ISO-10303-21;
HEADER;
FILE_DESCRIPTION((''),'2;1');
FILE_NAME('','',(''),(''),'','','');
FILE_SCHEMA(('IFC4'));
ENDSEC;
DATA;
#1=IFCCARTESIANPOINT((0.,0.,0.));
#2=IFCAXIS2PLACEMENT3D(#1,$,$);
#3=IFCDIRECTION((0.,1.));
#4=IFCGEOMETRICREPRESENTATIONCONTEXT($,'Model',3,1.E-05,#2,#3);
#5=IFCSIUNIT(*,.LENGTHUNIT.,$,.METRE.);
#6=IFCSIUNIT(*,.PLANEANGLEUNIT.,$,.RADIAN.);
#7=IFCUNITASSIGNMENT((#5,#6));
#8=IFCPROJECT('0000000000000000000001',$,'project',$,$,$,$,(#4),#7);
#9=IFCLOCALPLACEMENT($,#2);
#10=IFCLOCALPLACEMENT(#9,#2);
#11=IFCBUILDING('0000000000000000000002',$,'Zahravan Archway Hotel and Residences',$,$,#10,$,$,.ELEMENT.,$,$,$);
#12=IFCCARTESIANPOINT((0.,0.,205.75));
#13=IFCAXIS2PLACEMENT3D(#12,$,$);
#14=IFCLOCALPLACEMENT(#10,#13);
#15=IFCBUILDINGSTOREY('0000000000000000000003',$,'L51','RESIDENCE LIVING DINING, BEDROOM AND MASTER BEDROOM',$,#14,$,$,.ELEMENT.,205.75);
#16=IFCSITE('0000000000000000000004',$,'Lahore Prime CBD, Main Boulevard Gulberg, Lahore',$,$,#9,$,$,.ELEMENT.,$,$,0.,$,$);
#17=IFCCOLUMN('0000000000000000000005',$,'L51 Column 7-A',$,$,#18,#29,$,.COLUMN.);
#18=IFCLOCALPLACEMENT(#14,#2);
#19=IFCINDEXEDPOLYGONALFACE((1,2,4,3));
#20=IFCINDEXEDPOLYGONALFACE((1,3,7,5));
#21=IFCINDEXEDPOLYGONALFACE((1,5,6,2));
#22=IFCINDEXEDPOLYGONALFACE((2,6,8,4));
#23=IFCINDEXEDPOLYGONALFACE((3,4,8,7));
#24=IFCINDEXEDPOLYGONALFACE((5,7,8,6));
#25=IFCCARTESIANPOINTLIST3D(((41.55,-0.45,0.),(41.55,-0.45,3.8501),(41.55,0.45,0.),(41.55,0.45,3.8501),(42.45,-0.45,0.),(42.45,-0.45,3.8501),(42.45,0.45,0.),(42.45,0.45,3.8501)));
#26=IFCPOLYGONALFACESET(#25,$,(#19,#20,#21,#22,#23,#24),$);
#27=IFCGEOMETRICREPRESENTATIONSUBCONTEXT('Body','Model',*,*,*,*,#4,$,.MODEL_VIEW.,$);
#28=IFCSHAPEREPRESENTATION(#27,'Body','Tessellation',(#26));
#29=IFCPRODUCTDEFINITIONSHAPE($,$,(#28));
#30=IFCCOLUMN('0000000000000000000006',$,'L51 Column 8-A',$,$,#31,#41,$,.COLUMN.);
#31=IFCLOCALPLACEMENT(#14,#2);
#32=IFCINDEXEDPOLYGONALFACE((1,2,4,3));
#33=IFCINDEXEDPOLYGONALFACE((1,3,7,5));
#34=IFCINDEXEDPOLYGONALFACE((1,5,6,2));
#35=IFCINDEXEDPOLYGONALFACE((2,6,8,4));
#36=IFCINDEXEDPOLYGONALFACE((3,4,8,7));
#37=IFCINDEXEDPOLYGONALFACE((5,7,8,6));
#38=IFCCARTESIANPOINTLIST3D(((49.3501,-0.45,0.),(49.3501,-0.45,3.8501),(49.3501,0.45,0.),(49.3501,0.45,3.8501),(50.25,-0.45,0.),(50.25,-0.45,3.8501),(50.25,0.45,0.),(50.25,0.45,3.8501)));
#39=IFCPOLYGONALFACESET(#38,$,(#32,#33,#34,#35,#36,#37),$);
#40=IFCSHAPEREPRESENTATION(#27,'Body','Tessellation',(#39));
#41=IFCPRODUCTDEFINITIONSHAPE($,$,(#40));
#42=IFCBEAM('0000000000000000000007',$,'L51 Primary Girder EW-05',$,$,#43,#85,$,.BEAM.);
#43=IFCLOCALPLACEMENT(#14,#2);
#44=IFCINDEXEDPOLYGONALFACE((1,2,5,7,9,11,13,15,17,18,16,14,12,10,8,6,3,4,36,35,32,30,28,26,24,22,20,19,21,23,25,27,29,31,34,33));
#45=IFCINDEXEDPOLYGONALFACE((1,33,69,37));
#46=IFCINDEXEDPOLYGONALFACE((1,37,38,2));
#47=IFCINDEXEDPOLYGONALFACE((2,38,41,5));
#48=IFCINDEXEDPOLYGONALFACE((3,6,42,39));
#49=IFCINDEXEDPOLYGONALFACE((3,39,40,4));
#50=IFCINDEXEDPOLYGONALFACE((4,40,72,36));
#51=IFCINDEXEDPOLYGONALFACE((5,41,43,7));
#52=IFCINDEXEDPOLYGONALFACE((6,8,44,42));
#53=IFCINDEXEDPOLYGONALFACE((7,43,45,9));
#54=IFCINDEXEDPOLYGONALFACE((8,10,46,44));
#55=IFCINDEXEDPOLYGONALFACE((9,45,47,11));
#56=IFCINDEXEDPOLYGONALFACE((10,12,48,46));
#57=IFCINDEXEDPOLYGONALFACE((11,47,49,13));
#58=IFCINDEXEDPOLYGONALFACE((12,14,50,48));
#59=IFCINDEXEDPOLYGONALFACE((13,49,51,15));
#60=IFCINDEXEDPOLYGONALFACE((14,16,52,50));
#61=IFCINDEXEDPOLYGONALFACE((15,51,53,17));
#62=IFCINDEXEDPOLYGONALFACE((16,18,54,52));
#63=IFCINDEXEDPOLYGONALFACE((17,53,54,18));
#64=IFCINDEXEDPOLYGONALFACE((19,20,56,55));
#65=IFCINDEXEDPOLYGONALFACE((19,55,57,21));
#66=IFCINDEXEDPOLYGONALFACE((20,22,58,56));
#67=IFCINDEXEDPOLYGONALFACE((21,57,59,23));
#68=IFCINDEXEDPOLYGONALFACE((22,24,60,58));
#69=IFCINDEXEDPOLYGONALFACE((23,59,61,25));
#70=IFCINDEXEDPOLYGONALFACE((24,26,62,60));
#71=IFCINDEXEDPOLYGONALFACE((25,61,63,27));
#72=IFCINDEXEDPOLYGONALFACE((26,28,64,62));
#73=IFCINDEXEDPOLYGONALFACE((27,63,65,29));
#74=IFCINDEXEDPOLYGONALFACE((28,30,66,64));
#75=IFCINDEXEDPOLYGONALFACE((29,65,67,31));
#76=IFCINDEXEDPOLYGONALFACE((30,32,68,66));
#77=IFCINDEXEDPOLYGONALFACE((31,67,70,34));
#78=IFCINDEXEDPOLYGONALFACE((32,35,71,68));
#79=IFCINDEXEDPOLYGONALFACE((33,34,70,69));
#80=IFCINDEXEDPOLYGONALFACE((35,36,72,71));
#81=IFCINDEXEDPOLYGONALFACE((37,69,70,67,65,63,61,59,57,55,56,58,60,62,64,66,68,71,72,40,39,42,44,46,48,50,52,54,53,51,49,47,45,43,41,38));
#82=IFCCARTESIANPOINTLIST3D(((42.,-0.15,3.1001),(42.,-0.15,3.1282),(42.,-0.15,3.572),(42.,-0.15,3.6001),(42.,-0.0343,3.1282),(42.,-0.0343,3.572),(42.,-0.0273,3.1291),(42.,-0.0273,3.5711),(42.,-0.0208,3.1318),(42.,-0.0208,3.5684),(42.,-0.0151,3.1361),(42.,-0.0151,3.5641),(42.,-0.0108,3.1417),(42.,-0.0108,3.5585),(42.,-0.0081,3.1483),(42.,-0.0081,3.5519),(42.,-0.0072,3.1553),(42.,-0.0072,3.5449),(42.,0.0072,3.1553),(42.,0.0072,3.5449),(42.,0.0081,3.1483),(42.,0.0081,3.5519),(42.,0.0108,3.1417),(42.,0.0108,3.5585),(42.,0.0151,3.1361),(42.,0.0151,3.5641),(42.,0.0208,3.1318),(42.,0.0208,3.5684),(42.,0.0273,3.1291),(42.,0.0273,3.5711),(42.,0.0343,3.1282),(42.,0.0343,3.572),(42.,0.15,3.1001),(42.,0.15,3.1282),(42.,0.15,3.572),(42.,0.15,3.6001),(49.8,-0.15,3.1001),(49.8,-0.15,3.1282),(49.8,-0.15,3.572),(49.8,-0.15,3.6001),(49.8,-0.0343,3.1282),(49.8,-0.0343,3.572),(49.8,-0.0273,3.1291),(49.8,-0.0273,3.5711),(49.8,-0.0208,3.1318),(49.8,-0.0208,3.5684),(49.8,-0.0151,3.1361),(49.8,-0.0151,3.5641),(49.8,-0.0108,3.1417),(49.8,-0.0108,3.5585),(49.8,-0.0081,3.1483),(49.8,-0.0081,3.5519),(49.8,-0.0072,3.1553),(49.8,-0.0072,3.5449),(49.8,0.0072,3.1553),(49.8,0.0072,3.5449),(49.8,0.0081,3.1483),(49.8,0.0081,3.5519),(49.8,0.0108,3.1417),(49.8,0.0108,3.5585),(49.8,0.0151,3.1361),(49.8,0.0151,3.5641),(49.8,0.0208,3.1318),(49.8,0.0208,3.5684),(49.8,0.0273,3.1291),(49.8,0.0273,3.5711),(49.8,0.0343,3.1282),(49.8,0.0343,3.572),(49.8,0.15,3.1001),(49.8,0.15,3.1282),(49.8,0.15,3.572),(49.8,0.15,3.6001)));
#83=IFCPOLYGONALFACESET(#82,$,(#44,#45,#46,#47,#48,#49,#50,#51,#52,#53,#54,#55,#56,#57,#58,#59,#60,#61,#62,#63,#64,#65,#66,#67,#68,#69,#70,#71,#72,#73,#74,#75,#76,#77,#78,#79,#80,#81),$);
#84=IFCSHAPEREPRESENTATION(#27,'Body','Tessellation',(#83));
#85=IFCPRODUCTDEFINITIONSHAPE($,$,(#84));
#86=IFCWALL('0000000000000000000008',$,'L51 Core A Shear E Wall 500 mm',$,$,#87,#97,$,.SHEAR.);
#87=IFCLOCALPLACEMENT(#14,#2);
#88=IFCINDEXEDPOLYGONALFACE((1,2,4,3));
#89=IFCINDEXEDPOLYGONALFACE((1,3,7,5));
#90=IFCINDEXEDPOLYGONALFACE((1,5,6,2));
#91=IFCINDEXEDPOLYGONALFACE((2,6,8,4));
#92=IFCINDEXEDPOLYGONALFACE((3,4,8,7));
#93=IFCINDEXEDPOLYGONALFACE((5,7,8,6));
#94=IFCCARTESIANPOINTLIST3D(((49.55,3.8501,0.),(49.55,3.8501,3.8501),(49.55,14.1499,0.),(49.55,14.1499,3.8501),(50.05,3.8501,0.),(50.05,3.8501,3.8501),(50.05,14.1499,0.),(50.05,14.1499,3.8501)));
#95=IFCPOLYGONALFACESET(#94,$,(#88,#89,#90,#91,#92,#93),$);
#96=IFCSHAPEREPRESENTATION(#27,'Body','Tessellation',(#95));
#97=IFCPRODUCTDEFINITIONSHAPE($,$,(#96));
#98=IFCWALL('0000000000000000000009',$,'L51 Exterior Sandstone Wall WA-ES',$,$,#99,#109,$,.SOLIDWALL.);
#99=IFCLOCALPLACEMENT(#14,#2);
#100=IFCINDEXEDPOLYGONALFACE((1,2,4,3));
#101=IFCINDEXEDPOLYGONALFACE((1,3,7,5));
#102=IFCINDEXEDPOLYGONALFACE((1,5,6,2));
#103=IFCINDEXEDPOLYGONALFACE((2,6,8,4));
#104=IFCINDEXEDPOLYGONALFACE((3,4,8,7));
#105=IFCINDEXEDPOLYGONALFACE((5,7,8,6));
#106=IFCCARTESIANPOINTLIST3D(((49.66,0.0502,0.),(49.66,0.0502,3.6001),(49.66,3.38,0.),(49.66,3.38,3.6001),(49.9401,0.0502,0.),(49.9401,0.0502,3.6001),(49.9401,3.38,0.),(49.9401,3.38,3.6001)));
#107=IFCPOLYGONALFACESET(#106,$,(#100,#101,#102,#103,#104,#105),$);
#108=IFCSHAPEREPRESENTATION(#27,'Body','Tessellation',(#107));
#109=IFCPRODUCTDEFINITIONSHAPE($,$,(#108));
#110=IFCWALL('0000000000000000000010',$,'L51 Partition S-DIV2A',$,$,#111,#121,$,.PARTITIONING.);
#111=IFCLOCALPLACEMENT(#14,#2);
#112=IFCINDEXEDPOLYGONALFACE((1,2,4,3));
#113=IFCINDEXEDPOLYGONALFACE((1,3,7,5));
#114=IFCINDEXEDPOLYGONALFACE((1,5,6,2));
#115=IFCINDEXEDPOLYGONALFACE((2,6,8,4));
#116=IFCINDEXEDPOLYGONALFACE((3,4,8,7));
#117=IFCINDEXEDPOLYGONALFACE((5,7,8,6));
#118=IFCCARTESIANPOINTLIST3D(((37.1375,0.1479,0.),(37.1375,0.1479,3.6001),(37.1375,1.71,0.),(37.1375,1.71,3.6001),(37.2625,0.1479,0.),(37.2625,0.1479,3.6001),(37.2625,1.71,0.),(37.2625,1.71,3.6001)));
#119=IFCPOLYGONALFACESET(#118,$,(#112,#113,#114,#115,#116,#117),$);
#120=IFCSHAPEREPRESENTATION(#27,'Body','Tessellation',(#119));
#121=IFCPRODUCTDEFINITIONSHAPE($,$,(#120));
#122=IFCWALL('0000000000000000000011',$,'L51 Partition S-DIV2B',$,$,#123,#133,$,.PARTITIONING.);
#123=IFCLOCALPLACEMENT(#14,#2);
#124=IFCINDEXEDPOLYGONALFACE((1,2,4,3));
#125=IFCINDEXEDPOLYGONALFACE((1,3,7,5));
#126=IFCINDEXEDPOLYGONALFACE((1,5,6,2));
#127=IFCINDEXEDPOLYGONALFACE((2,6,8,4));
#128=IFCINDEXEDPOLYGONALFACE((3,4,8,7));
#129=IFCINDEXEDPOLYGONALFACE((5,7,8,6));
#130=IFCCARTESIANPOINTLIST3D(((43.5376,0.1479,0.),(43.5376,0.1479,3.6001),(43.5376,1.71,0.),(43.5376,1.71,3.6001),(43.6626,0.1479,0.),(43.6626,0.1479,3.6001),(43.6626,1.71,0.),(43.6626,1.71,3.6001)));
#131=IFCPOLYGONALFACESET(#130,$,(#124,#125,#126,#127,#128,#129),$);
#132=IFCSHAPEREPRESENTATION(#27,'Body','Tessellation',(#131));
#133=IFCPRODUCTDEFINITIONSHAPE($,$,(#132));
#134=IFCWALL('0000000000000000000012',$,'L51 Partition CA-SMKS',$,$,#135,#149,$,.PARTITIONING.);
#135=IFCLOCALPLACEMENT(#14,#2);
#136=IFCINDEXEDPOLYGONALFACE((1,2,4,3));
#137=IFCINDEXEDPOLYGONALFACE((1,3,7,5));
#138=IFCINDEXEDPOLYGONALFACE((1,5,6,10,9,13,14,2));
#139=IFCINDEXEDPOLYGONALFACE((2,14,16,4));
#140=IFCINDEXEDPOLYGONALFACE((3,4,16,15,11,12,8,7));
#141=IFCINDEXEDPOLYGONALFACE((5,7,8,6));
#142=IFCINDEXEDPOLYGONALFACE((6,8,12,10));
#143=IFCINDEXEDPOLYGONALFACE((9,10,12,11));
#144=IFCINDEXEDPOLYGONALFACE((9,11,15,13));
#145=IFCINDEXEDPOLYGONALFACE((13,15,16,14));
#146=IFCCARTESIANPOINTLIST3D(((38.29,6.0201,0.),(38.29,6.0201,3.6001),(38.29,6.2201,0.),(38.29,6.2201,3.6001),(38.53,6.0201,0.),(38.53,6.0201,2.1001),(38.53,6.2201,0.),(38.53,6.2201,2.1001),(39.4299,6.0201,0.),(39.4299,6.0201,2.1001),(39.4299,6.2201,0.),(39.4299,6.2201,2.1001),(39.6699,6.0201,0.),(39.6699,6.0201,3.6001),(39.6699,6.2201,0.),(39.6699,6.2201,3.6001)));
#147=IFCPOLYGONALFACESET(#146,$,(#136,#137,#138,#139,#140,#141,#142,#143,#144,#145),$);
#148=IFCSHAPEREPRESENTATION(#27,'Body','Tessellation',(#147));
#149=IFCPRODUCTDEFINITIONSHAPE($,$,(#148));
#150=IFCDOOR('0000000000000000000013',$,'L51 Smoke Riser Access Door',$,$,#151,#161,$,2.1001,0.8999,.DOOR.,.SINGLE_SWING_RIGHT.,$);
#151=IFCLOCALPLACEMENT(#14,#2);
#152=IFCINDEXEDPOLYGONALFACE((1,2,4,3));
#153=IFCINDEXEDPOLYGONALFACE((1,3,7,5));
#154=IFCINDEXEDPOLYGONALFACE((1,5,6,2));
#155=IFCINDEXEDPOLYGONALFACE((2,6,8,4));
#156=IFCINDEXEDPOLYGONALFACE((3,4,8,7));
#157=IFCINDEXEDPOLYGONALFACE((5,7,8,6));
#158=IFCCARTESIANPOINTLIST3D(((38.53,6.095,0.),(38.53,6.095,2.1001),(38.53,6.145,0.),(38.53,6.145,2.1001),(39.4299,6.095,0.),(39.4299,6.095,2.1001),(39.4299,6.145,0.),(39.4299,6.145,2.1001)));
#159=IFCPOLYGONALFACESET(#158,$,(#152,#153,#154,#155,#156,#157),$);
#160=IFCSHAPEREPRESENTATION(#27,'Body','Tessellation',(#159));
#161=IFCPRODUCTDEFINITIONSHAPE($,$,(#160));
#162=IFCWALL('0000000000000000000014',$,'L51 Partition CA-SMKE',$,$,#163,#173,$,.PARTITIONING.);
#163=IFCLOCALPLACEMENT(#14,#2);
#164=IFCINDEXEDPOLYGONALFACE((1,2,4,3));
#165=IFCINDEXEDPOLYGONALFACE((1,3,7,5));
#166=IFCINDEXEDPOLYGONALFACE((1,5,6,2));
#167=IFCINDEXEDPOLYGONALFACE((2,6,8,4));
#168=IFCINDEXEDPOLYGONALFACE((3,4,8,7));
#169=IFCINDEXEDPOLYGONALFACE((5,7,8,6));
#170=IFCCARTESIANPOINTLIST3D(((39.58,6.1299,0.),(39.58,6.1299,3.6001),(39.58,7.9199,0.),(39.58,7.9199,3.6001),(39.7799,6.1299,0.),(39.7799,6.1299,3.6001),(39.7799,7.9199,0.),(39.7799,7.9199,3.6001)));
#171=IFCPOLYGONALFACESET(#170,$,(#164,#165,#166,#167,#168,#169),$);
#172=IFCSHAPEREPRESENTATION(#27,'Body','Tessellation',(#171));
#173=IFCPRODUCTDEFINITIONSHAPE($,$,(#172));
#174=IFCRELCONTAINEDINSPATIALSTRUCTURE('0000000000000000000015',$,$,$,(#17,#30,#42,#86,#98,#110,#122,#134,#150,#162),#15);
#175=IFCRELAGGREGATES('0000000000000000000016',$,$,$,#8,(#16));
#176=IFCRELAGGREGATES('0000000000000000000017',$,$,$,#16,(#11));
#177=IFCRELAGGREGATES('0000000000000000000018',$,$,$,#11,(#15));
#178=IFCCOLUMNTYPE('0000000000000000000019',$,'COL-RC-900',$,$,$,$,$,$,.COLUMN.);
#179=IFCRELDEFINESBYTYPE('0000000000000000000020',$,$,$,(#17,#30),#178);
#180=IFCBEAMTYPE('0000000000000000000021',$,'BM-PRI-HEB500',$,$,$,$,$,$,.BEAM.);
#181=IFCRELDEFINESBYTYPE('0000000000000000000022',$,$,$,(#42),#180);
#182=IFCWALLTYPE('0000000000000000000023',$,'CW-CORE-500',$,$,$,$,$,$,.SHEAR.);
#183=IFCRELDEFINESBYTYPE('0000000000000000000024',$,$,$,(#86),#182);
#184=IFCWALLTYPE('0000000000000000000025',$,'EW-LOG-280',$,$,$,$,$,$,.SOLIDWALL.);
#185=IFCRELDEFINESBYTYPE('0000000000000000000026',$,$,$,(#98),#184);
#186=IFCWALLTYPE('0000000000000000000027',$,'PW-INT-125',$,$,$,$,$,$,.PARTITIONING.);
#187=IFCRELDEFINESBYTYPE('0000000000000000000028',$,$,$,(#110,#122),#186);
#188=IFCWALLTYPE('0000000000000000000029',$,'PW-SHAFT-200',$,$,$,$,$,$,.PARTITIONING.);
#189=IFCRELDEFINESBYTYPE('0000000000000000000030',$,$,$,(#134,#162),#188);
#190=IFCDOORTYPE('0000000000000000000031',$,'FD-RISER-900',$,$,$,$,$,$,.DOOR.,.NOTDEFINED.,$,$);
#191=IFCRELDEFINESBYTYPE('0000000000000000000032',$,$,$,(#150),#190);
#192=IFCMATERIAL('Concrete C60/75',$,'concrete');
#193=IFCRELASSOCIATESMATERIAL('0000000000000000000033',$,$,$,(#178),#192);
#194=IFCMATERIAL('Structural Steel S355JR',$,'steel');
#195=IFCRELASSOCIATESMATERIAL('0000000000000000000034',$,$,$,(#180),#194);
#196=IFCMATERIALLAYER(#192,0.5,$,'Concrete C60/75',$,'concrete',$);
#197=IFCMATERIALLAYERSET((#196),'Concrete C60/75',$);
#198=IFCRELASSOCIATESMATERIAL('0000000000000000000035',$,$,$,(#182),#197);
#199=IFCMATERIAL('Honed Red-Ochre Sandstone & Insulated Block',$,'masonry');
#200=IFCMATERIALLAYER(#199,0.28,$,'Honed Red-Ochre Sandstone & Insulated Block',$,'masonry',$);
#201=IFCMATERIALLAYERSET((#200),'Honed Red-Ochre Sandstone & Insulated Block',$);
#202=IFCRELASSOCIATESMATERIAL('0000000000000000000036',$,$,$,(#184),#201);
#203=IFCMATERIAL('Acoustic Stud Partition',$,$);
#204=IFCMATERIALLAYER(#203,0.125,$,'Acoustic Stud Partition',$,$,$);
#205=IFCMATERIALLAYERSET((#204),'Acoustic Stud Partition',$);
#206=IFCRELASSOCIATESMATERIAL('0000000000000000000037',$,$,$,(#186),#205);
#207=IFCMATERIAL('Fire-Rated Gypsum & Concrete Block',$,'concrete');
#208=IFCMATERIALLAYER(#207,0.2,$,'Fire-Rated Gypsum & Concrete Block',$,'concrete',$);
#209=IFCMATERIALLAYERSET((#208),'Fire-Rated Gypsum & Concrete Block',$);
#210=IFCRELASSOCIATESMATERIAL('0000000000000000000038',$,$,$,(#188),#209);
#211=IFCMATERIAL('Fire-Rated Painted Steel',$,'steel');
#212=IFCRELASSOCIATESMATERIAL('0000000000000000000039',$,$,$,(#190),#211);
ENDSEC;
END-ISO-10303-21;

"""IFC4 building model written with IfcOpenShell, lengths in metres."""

from ifc_helpers import new_model, si_unit, direction, frame, frame_2d, origin, origin_2d, place, context, subcontext, project, spatial, rectangle, i_section, extrude, source, transform, mapped, material, layer, layer_set, material_profile, profile_set, type_object, type_shapes, element, fill, save


model = new_model("IFC4")

# Units and contexts
model_context = context("Model", 3, precision=1e-05, world=origin(), true_north=direction((0.0, 1.0)))
body_context = subcontext(model_context, "Body", "Model", "MODEL_VIEW")
ifc_project = project(units=[si_unit("LENGTHUNIT", "METRE"), si_unit("PLANEANGLEUNIT", "RADIAN")], contexts=[model_context])

# Site, building, storey
site_placement = place(None, origin())
site = spatial("IfcSite", under=ifc_project, at=site_placement, Name="Lahore Prime CBD, Main Boulevard Gulberg, Lahore", CompositionType="ELEMENT", RefElevation=0.0)
building_placement = place(site_placement, origin())
building = spatial("IfcBuilding", under=site, at=building_placement, Name="Zahravan Archway Hotel and Residences", CompositionType="ELEMENT")
storey_placement = place(building_placement, frame((0.0, 0.0, 205.75)))
storey = spatial("IfcBuildingStorey", under=building, at=storey_placement, Name="L51", Description="RESIDENCE LIVING DINING, BEDROOM AND MASTER BEDROOM", CompositionType="ELEMENT", Elevation=205.75)

# Columns
ifc_material_1 = material(Name="Concrete C60/75", Category="concrete")
ifc_material_profile_1 = material_profile(ifc_material_1, rectangle(XDim=0.8999, YDim=0.8999, at=origin_2d()), Name="RC-COL-900x900", Category="concrete")
ifc_profile_set_1 = profile_set([ifc_material_profile_1], Name="Concrete C60/75")
column_type = type_object("IfcColumnType", Name="COL-RC-900", PredefinedType="COLUMN", material=ifc_profile_set_1)
shared_shape_1 = source(origin(), body_context, "Body", "SweptSolid", [
    extrude(rectangle(XDim=0.8999, YDim=0.8999, at=origin_2d()), origin(), (0.0, 0.0, 1.0), 3.8501),
])
type_shapes(column_type, [shared_shape_1])
for number, where, z_axis, x_axis, name in (
    (1, (42.0, 0.0, 0.0), (0.0, 0.0, 1.0), (1.0, 0.0, 0.0), "L51 Column 7-A"),
    (2, (49.8, 0.0, 0.0), (0.0, 0.0, 1.0), (1.0, 0.0, 0.0), "L51 Column 8-A"),
):
    element("IfcColumn", number, at=place(storey_placement, frame(where, z_axis=z_axis, x_axis=x_axis)), inside=storey, type_object=column_type, Name=name, PredefinedType="COLUMN", context=body_context, shape_type="MappedRepresentation", body=[
        mapped(shared_shape_1, transform((0.0, 0.0, 0.0), scale=1.0)),
    ])

# Beam
ifc_material_2 = material(Name="Structural Steel S355JR", Category="steel")
ifc_material_profile_2 = material_profile(ifc_material_2, i_section(OverallWidth=0.3, OverallDepth=0.5, WebThickness=0.0144, FlangeThickness=0.0281, FilletRadius=0.0271, at=origin_2d()), Name="HEB 500", Category="steel")
ifc_profile_set_2 = profile_set([ifc_material_profile_2], Name="Structural Steel S355JR")
beam_type = type_object("IfcBeamType", Name="BM-PRI-HEB500", PredefinedType="BEAM", material=ifc_profile_set_2)
shared_shape_2 = source(origin(), body_context, "Body", "SweptSolid", [
    extrude(i_section(OverallWidth=0.3, OverallDepth=0.5, WebThickness=0.0144, FlangeThickness=0.0281, FilletRadius=0.0271, at=origin_2d()), origin(), (0.0, 0.0, 1.0), 7.8),
])
beam_placement = place(storey_placement, frame((42.0, 0.0, 3.3501), z_axis=(1.0, 0.0, 0.0), x_axis=(0.0, 1.0, 0.0)))
element("IfcBeam", 3, at=beam_placement, inside=storey, type_object=beam_type, Name="L51 Primary Girder EW-05", PredefinedType="BEAM", context=body_context, shape_type="MappedRepresentation", body=[
    mapped(shared_shape_2, transform((0.0, 0.0, 0.0), scale=1.0)),
])

# Walls
ifc_layer_1 = layer(ifc_material_1, 0.5, Name="Concrete C60/75", Category="concrete")
ifc_layer_set_1 = layer_set([ifc_layer_1], Name="Concrete C60/75")
wall_type_1 = type_object("IfcWallType", Name="CW-CORE-500", PredefinedType="SHEAR", material=ifc_layer_set_1)
wall_1_placement = place(storey_placement, frame((49.8, 3.8501, 0.0), z_axis=(0.0, 0.0, 1.0), x_axis=(0.0, 1.0, 0.0)))
element("IfcWall", 4, at=wall_1_placement, inside=storey, type_object=wall_type_1, Name="L51 Core A Shear E Wall 500 mm", PredefinedType="SHEAR", context=body_context, shape_type="SweptSolid", body=[
    extrude(rectangle(XDim=10.2998, YDim=0.5, at=frame_2d((5.1499, 0.0))), origin(), (0.0, 0.0, 1.0), 3.8501),
])
ifc_material_3 = material(Name="Honed Red-Ochre Sandstone & Insulated Block", Category="masonry")
ifc_layer_2 = layer(ifc_material_3, 0.28, Name="Honed Red-Ochre Sandstone & Insulated Block", Category="masonry")
ifc_layer_set_2 = layer_set([ifc_layer_2], Name="Honed Red-Ochre Sandstone & Insulated Block")
wall_type_2 = type_object("IfcWallType", Name="EW-LOG-280", PredefinedType="SOLIDWALL", material=ifc_layer_set_2)
wall_2_placement = place(storey_placement, frame((49.8, 0.05, 0.0), z_axis=(0.0, 0.0, 1.0), x_axis=(0.0, 1.0, 0.0)))
element("IfcWall", 5, at=wall_2_placement, inside=storey, type_object=wall_type_2, Name="L51 Exterior Sandstone Wall WA-ES", PredefinedType="SOLIDWALL", context=body_context, shape_type="SweptSolid", body=[
    extrude(rectangle(XDim=3.3298, YDim=0.28, at=frame_2d((1.665, 0.0))), origin(), (0.0, 0.0, 1.0), 3.6001),
])
ifc_material_4 = material(Name="Acoustic Stud Partition")
ifc_layer_3 = layer(ifc_material_4, 0.125, Name="Acoustic Stud Partition")
ifc_layer_set_3 = layer_set([ifc_layer_3], Name="Acoustic Stud Partition")
wall_type_3 = type_object("IfcWallType", Name="PW-INT-125", PredefinedType="PARTITIONING", material=ifc_layer_set_3)
for number, where, z_axis, x_axis, name in (
    (6, (37.2, 0.1479, 0.0), (0.0, 0.0, 1.0), (0.0, 1.0, 0.0), "L51 Partition S-DIV2A"),
    (7, (43.6001, 0.1479, 0.0), (0.0, 0.0, 1.0), (0.0, 1.0, 0.0), "L51 Partition S-DIV2B"),
):
    element("IfcWall", number, at=place(storey_placement, frame(where, z_axis=z_axis, x_axis=x_axis)), inside=storey, type_object=wall_type_3, Name=name, PredefinedType="PARTITIONING", context=body_context, shape_type="SweptSolid", body=[
        extrude(rectangle(XDim=1.562, YDim=0.125, at=frame_2d((0.781, 0.0))), origin(), (0.0, 0.0, 1.0), 3.6001),
    ])

# Wall, opening, door
ifc_material_5 = material(Name="Fire-Rated Gypsum & Concrete Block", Category="concrete")
ifc_layer_4 = layer(ifc_material_5, 0.2, Name="Fire-Rated Gypsum & Concrete Block", Category="concrete")
ifc_layer_set_4 = layer_set([ifc_layer_4], Name="Fire-Rated Gypsum & Concrete Block")
wall_type_4 = type_object("IfcWallType", Name="PW-SHAFT-200", PredefinedType="PARTITIONING", material=ifc_layer_set_4)
wall_3_placement = place(storey_placement, frame((38.29, 6.1201, 0.0), z_axis=(0.0, 0.0, 1.0), x_axis=(1.0, 0.0, 0.0)))
wall_3 = element("IfcWall", 8, at=wall_3_placement, inside=storey, type_object=wall_type_4, Name="L51 Partition CA-SMKS", PredefinedType="PARTITIONING", context=body_context, shape_type="SweptSolid", body=[
    extrude(rectangle(XDim=1.3799, YDim=0.2, at=frame_2d((0.6899, 0.0))), origin(), (0.0, 0.0, 1.0), 3.6001),
])
opening_1_placement = place(wall_3_placement, frame((0.24, 0.0, 0.0)))
opening_1 = element("IfcOpeningElement", 9, at=opening_1_placement, cuts=wall_3, PredefinedType="OPENING", context=body_context, shape_type="SweptSolid", body=[
    extrude(rectangle(XDim=0.8999, YDim=2.1001, at=frame_2d((0.45, 1.05))), frame((0.0, 0.1099, 0.0), z_axis=(0.0, -1.0, 0.0), x_axis=(1.0, 0.0, 0.0)), (0.0, 0.0, 1.0), 0.22),
])
ifc_material_6 = material(Name="Fire-Rated Painted Steel", Category="steel")
door_type = type_object("IfcDoorType", Name="FD-RISER-900", OperationType="NOTDEFINED", PredefinedType="DOOR", material=ifc_material_6)
shared_shape_3 = source(origin(), body_context, "Body", "SweptSolid", [
    extrude(rectangle(XDim=0.8999, YDim=2.1001, at=frame_2d((0.45, 1.05))), frame((0.0, 0.0249, 0.0), z_axis=(0.0, -1.0, 0.0), x_axis=(1.0, 0.0, 0.0)), (0.0, 0.0, 1.0), 0.05),
])
type_shapes(door_type, [shared_shape_3])
door_1_placement = place(opening_1_placement, origin())
door_1 = element("IfcDoor", 10, at=door_1_placement, inside=storey, type_object=door_type, Name="L51 Smoke Riser Access Door", OperationType="SINGLE_SWING_RIGHT", OverallHeight=2.1001, OverallWidth=0.8999, PredefinedType="DOOR", context=body_context, shape_type="MappedRepresentation", body=[
    mapped(shared_shape_3, transform((0.0, 0.0, 0.0), scale=1.0)),
])
fill(opening_1, door_1)

# Wall
wall_4_placement = place(storey_placement, frame((39.6799, 6.1299, 0.0), z_axis=(0.0, 0.0, 1.0), x_axis=(0.0, 1.0, 0.0)))
element("IfcWall", 11, at=wall_4_placement, inside=storey, type_object=wall_type_4, Name="L51 Partition CA-SMKE", PredefinedType="PARTITIONING", context=body_context, shape_type="SweptSolid", body=[
    extrude(rectangle(XDim=1.79, YDim=0.2, at=frame_2d((0.895, 0.0))), origin(), (0.0, 0.0, 1.0), 3.6001),
])

save(model, "model.ifc")
